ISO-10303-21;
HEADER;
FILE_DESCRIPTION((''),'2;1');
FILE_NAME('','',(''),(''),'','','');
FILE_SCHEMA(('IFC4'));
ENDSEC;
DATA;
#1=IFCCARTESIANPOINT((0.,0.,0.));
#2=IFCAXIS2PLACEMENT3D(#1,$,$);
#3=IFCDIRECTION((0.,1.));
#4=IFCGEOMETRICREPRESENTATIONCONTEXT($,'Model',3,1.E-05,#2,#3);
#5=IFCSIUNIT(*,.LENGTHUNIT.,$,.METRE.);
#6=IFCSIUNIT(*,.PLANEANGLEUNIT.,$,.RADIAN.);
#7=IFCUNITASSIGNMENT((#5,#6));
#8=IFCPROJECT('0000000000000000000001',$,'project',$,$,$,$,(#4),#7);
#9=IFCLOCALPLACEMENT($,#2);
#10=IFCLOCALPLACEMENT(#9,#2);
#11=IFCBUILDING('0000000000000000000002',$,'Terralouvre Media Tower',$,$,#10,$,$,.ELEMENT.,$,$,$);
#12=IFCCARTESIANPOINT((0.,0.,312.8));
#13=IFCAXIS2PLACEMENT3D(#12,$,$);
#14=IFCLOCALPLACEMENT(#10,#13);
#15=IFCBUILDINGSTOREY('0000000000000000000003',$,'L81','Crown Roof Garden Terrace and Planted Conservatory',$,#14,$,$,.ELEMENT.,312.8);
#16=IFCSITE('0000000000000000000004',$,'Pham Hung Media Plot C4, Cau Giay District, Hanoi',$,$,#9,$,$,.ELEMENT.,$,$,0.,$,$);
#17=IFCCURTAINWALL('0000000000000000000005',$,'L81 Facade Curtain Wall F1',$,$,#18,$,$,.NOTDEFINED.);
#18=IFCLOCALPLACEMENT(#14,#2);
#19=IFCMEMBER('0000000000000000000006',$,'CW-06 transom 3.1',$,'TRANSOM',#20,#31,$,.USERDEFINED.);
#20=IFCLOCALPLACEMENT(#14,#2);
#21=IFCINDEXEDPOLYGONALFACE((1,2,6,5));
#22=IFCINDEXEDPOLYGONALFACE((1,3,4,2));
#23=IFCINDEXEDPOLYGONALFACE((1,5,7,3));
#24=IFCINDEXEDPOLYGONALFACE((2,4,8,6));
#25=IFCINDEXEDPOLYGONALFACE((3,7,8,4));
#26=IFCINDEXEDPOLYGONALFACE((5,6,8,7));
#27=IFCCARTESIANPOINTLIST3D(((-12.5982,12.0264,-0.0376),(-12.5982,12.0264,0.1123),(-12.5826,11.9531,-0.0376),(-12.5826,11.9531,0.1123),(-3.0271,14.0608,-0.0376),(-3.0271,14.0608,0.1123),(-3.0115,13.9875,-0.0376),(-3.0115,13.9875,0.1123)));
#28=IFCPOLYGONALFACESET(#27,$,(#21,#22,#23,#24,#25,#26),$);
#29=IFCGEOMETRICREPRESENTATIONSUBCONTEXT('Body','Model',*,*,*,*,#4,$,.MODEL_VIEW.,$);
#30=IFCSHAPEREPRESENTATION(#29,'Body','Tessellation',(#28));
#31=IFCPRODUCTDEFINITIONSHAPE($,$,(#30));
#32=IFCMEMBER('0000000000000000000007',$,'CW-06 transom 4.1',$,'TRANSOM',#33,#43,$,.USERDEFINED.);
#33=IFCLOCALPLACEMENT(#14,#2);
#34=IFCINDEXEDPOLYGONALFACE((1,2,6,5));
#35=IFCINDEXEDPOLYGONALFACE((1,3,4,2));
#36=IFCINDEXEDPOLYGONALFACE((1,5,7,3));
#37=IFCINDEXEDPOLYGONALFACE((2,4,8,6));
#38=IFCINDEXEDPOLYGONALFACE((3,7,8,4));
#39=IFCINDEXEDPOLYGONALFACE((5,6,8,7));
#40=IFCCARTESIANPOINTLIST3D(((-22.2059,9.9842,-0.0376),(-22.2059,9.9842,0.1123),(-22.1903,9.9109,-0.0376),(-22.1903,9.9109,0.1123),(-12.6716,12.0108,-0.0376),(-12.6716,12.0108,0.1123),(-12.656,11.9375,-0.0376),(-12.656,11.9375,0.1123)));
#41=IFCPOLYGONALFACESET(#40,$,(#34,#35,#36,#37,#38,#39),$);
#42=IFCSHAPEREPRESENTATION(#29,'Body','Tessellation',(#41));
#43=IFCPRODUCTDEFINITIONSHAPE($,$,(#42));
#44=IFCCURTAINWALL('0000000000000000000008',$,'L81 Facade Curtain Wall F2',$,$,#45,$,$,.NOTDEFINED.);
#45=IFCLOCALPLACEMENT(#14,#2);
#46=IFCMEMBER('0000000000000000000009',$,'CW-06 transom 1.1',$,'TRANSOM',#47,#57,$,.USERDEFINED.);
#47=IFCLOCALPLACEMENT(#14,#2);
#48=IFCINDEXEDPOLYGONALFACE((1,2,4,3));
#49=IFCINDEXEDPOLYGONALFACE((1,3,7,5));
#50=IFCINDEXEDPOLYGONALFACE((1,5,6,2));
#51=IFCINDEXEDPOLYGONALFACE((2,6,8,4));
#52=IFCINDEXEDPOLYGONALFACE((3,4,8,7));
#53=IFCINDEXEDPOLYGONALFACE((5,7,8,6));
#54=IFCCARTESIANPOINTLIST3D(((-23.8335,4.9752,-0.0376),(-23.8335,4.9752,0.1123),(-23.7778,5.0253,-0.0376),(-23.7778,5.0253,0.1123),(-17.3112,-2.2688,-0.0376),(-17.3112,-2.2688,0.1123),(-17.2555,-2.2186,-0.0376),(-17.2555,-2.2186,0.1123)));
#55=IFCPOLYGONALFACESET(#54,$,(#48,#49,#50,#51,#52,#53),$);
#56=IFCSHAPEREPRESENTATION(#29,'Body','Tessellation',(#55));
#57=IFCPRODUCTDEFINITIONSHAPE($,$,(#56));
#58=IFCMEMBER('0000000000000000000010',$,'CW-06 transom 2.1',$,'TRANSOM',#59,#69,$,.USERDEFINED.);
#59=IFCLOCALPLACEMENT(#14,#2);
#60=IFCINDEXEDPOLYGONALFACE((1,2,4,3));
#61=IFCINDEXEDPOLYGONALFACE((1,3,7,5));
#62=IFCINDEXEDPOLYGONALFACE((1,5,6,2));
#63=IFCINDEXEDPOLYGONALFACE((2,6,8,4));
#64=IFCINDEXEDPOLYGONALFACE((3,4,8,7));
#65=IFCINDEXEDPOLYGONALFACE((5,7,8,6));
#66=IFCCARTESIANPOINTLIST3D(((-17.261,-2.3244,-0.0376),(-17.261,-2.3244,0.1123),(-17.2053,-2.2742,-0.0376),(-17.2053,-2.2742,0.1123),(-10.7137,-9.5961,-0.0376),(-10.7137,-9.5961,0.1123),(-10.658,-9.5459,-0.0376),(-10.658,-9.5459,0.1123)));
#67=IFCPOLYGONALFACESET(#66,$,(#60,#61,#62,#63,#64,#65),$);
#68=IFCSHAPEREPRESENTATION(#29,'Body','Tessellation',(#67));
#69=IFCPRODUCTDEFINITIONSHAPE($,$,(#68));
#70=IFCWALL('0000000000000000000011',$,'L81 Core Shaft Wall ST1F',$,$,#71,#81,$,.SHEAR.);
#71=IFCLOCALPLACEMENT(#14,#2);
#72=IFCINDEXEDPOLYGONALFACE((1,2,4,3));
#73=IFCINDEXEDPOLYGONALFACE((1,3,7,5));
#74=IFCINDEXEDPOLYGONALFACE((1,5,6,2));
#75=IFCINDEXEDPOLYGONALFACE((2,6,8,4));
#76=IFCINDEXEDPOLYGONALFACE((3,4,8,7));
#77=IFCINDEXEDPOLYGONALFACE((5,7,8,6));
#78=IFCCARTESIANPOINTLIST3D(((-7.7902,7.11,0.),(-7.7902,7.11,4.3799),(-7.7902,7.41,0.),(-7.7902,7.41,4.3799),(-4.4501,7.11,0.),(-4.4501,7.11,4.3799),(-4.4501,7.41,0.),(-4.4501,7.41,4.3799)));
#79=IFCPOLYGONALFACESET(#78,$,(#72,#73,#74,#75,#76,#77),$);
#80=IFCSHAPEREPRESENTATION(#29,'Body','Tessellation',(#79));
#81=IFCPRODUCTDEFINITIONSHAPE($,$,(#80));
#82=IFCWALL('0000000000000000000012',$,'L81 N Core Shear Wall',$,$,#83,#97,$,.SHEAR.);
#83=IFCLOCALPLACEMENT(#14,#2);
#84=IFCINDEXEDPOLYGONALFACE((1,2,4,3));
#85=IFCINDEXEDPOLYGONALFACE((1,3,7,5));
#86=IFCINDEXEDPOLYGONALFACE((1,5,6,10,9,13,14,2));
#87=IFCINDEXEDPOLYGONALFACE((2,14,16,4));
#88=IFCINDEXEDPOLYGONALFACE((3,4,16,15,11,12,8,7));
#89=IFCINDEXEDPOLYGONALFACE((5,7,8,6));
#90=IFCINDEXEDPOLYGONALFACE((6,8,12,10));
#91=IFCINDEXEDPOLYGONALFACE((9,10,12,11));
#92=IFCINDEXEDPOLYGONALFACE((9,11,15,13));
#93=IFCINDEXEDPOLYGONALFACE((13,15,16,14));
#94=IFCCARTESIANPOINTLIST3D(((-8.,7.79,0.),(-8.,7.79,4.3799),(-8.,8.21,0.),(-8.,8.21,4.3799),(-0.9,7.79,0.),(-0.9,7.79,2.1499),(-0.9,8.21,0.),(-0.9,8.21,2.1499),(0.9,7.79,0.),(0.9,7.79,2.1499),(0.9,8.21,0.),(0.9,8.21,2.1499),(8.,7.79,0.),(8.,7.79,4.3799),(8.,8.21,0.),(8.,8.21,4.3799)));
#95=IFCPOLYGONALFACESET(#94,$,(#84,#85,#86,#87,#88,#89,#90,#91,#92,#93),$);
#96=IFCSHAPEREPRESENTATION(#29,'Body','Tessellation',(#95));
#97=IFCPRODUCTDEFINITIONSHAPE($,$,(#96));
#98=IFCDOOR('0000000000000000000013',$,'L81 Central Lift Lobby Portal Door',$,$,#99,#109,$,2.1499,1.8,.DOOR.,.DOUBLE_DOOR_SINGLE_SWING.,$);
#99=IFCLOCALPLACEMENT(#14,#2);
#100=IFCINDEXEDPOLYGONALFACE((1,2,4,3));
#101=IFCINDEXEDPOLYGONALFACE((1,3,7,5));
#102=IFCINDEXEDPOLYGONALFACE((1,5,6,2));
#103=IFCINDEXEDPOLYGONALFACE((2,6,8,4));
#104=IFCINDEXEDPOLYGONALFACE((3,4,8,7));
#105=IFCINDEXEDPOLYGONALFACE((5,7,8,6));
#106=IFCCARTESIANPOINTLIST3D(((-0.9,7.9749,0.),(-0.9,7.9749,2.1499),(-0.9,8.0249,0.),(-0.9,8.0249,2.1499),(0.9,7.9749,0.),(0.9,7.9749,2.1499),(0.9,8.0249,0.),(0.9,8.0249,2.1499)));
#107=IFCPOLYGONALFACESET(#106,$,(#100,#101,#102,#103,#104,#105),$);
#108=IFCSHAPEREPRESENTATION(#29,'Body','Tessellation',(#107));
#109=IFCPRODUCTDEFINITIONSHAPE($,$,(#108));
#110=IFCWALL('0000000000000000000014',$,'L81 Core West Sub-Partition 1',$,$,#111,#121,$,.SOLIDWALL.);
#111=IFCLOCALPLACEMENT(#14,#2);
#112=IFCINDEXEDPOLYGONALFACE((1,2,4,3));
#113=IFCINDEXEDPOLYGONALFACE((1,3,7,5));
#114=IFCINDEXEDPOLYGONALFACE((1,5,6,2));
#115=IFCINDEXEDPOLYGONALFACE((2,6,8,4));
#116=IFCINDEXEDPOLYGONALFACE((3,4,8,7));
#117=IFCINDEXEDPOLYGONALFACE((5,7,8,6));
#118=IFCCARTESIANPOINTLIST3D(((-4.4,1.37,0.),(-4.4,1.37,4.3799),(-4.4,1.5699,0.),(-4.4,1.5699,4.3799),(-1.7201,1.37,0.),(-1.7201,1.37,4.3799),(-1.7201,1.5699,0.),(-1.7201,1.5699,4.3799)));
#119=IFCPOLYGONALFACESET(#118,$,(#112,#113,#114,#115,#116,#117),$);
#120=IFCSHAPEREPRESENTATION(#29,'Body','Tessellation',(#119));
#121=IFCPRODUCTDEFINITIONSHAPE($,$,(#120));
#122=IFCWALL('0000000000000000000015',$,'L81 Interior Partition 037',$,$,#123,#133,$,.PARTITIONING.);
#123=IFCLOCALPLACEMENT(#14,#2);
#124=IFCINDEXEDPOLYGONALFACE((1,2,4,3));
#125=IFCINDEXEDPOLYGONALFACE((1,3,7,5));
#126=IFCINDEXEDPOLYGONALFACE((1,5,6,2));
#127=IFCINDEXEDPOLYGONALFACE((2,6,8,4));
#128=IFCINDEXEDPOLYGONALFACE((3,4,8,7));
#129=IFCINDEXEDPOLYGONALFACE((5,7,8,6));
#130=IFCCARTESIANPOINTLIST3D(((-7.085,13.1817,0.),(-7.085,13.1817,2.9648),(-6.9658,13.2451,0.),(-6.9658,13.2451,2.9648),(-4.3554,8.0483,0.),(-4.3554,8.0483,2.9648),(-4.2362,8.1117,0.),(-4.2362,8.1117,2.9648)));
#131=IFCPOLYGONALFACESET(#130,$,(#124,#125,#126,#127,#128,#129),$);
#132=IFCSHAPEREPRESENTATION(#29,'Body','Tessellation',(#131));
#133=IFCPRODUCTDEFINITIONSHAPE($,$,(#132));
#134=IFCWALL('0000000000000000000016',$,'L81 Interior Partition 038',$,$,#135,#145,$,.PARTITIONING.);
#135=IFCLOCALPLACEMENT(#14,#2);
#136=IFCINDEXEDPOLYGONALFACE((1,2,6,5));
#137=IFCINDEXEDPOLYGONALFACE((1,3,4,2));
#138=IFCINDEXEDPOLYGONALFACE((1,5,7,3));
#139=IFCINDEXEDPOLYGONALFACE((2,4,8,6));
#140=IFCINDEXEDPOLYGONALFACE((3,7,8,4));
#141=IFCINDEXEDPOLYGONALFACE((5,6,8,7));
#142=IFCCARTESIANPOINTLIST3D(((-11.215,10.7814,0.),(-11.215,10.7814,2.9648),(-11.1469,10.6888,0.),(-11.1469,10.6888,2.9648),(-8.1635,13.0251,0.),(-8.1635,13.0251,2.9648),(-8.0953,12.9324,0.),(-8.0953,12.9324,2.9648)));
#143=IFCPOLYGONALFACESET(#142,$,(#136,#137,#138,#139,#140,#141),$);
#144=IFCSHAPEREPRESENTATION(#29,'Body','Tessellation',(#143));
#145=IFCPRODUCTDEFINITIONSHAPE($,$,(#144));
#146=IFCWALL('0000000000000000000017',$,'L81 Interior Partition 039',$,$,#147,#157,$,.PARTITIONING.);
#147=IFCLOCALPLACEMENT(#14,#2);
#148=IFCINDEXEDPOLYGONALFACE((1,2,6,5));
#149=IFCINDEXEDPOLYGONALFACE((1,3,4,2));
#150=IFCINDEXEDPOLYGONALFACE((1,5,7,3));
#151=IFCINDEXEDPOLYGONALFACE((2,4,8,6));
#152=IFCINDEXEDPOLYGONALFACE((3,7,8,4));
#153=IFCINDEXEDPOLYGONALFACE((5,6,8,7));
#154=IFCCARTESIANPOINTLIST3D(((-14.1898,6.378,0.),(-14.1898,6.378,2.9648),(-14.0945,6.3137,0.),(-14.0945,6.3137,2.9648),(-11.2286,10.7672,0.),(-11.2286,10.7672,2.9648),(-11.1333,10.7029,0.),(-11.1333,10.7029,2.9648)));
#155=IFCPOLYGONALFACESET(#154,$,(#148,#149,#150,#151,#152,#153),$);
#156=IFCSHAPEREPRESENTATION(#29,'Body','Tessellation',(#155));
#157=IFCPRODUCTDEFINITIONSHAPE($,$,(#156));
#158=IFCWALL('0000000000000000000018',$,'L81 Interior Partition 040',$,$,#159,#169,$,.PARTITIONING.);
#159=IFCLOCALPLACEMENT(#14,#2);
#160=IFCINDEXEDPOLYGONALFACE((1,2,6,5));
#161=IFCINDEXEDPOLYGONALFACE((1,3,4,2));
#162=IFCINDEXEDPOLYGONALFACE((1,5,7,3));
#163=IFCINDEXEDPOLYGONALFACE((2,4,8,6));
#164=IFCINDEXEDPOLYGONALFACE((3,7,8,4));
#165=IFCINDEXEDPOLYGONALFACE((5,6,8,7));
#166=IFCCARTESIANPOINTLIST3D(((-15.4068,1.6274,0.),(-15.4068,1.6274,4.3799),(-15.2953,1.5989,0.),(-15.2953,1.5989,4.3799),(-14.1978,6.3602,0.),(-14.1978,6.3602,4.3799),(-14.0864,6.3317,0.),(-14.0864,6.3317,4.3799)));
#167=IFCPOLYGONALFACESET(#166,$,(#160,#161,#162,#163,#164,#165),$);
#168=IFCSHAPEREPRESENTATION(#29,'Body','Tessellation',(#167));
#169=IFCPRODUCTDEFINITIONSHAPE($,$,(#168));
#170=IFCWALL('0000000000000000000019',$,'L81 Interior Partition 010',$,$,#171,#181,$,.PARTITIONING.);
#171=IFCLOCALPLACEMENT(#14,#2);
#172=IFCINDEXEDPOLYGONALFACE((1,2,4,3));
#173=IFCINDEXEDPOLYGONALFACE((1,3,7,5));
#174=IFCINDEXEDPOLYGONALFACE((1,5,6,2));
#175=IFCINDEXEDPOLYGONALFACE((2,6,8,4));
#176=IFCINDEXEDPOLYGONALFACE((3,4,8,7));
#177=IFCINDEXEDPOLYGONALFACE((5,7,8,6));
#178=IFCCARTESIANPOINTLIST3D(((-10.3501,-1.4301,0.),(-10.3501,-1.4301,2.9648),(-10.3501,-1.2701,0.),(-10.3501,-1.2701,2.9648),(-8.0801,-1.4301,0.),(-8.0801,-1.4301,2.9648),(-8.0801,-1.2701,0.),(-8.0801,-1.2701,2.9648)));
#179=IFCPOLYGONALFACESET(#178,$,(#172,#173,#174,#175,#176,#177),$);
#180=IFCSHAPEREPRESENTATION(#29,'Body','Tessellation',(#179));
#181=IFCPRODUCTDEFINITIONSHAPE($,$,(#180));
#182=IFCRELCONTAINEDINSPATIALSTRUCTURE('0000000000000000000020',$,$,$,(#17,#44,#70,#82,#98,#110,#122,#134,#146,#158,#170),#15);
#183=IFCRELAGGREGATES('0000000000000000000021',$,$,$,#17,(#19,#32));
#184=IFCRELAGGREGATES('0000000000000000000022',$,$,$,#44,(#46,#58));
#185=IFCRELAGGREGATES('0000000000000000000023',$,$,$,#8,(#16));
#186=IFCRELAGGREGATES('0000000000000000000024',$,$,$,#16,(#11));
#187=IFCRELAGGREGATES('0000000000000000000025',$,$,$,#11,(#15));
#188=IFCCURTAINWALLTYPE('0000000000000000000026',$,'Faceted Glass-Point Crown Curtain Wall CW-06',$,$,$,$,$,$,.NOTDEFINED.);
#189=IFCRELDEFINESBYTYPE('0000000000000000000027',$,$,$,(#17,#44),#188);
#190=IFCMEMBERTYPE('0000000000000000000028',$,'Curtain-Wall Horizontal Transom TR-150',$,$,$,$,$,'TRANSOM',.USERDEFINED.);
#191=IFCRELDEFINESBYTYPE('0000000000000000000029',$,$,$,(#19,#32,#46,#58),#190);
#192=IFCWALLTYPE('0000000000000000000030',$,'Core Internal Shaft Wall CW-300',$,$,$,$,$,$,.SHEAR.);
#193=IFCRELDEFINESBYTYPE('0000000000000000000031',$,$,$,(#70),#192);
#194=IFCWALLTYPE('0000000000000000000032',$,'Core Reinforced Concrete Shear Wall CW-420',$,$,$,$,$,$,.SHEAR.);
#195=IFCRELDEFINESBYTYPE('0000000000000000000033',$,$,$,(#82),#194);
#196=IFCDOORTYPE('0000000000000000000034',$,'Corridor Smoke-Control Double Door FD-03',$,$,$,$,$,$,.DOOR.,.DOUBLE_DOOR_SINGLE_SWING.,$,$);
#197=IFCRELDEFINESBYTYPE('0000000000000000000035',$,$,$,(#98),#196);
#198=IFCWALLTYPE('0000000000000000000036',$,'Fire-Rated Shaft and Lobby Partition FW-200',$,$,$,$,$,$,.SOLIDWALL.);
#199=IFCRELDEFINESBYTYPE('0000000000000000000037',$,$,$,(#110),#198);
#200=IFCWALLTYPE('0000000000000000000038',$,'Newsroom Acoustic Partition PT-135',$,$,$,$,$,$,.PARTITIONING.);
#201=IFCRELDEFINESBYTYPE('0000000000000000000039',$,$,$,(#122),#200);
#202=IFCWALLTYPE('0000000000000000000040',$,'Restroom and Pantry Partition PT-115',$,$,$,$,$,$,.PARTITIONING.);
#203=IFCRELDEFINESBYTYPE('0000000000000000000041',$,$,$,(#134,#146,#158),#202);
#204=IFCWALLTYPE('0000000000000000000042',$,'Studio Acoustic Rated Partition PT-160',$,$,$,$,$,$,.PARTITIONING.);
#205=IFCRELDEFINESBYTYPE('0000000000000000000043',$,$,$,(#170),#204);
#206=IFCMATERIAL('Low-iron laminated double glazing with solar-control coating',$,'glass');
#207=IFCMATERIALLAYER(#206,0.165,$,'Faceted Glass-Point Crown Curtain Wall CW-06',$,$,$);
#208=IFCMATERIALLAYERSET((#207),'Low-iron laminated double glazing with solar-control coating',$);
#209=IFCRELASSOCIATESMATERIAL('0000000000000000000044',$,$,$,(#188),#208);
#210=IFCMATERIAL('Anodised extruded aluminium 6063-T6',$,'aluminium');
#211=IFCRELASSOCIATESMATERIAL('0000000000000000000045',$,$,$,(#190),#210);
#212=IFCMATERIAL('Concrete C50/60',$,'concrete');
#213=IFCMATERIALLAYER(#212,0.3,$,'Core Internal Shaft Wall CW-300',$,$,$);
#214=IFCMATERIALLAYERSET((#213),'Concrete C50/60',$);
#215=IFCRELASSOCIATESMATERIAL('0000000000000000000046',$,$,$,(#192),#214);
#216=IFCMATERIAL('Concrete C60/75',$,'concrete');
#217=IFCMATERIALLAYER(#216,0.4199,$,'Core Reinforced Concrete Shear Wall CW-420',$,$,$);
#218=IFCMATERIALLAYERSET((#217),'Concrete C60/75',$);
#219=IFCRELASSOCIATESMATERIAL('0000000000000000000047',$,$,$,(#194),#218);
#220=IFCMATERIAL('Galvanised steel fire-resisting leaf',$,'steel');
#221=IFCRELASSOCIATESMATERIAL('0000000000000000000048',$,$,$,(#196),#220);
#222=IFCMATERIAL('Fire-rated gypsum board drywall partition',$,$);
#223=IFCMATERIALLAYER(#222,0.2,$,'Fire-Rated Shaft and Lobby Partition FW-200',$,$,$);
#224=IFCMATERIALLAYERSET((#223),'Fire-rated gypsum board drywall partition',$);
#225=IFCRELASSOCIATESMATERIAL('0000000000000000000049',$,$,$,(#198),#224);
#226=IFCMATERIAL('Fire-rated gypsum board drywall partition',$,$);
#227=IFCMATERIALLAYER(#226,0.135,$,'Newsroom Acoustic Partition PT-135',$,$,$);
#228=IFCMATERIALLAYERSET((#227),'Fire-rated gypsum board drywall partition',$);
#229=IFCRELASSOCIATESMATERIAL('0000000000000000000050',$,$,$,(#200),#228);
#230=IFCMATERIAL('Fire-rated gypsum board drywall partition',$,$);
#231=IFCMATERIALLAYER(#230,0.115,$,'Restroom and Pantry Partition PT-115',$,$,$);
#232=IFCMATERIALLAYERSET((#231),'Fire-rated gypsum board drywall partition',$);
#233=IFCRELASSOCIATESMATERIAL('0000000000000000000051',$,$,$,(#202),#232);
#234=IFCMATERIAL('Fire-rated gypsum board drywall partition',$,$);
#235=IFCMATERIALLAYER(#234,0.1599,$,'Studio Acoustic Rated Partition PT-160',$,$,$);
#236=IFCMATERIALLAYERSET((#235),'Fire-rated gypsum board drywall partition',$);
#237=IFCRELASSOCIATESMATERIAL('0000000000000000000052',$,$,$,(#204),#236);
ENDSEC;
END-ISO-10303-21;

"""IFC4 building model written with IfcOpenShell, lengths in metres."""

from ifc_helpers import new_model, si_unit, direction, frame, frame_2d, origin, origin_2d, place, context, subcontext, project, spatial, rectangle, extrude, material, layer, layer_set, material_profile, profile_set, type_object, element, fill, aggregate, save


model = new_model("IFC4")

# Units and contexts
model_context = context("Model", 3, precision=1e-05, world=origin(), true_north=direction((0.0, 1.0)))
body_context = subcontext(model_context, "Body", "Model", "MODEL_VIEW")
ifc_project = project(units=[si_unit("LENGTHUNIT", "METRE"), si_unit("PLANEANGLEUNIT", "RADIAN")], contexts=[model_context])

# Site, building, storey
site_placement = place(None, origin())
site = spatial("IfcSite", under=ifc_project, at=site_placement, Name="Pham Hung Media Plot C4, Cau Giay District, Hanoi", CompositionType="ELEMENT", RefElevation=0.0)
building_placement = place(site_placement, origin())
building = spatial("IfcBuilding", under=site, at=building_placement, Name="Terralouvre Media Tower", CompositionType="ELEMENT")
storey_placement = place(building_placement, frame((0.0, 0.0, 312.8)))
storey = spatial("IfcBuildingStorey", under=building, at=storey_placement, Name="L81", Description="Crown Roof Garden Terrace and Planted Conservatory", CompositionType="ELEMENT", Elevation=312.8)

# Curtain walls, members
ifc_material_1 = material(Name="Low-iron laminated double glazing with solar-control coating", Category="glass")
ifc_layer_1 = layer(ifc_material_1, 0.165, Name="Faceted Glass-Point Crown Curtain Wall CW-06")
ifc_layer_set_1 = layer_set([ifc_layer_1], Name="Low-iron laminated double glazing with solar-control coating")
curtain_wall_type = type_object("IfcCurtainWallType", Name="Faceted Glass-Point Crown Curtain Wall CW-06", PredefinedType="NOTDEFINED", material=ifc_layer_set_1)
curtain_wall_1_placement = place(storey_placement, origin())
curtain_wall_1 = element("IfcCurtainWall", 1, at=curtain_wall_1_placement, inside=storey, type_object=curtain_wall_type, Name="L81 Facade Curtain Wall F1", PredefinedType="NOTDEFINED")
ifc_material_2 = material(Name="Anodised extruded aluminium 6063-T6", Category="aluminium")
ifc_material_profile = material_profile(ifc_material_2, rectangle(XDim=0.075, YDim=0.1499, at=origin_2d()), Name="ALU 75x150")
ifc_profile_set = profile_set([ifc_material_profile], Name="Anodised extruded aluminium 6063-T6")
member_type = type_object("IfcMemberType", Name="Curtain-Wall Horizontal Transom TR-150", ElementType="TRANSOM", PredefinedType="USERDEFINED", material=ifc_profile_set)
member_1_placement = place(storey_placement, frame((-3.0193, 14.0242, 0.0374), z_axis=(-0.978147, -0.207915, 0.0), x_axis=(0.207915, -0.978147, 0.0)))
member_1 = element("IfcMember", 2, at=member_1_placement, type_object=member_type, Name="CW-06 transom 3.1", ObjectType="TRANSOM", PredefinedType="USERDEFINED", context=body_context, shape_type="SweptSolid", body=[
    extrude(rectangle(XDim=0.075, YDim=0.1499, at=origin_2d()), origin(), (0.0, 0.0, 1.0), 9.7849),
])
member_2_placement = place(storey_placement, frame((-12.6638, 11.9741, 0.0374), z_axis=(-0.978147, -0.207912, 0.0), x_axis=(0.207912, -0.978147, 0.0)))
member_2 = element("IfcMember", 3, at=member_2_placement, type_object=member_type, Name="CW-06 transom 4.1", ObjectType="TRANSOM", PredefinedType="USERDEFINED", context=body_context, shape_type="SweptSolid", body=[
    extrude(rectangle(XDim=0.075, YDim=0.1499, at=origin_2d()), origin(), (0.0, 0.0, 1.0), 9.7473),
])
aggregate(curtain_wall_1, [member_1, member_2])
curtain_wall_2_placement = place(storey_placement, origin())
curtain_wall_2 = element("IfcCurtainWall", 4, at=curtain_wall_2_placement, inside=storey, type_object=curtain_wall_type, Name="L81 Facade Curtain Wall F2", PredefinedType="NOTDEFINED")
member_3_placement = place(storey_placement, frame((-23.8057, 5.0002, 0.0374), z_axis=(0.669118, -0.743156, 0.0), x_axis=(0.743156, 0.669118, 0.0)))
member_3 = element("IfcMember", 5, at=member_3_placement, type_object=member_type, Name="CW-06 transom 1.1", ObjectType="TRANSOM", PredefinedType="USERDEFINED", context=body_context, shape_type="SweptSolid", body=[
    extrude(rectangle(XDim=0.075, YDim=0.1499, at=origin_2d()), origin(), (0.0, 0.0, 1.0), 9.7476),
])
member_4_placement = place(storey_placement, frame((-17.2332, -2.2993, 0.0374), z_axis=(0.669123, -0.743151, 0.0), x_axis=(0.743151, 0.669123, 0.0)))
member_4 = element("IfcMember", 6, at=member_4_placement, type_object=member_type, Name="CW-06 transom 2.1", ObjectType="TRANSOM", PredefinedType="USERDEFINED", context=body_context, shape_type="SweptSolid", body=[
    extrude(rectangle(XDim=0.075, YDim=0.1499, at=origin_2d()), origin(), (0.0, 0.0, 1.0), 9.7849),
])
aggregate(curtain_wall_2, [member_3, member_4])

# Shared definitions
ifc_material_3 = material(Name="Concrete C50/60", Category="concrete")
ifc_layer_2 = layer(ifc_material_3, 0.3, Name="Core Internal Shaft Wall CW-300")
ifc_layer_set_2 = layer_set([ifc_layer_2], Name="Concrete C50/60")
wall_type_1 = type_object("IfcWallType", Name="Core Internal Shaft Wall CW-300", PredefinedType="SHEAR", material=ifc_layer_set_2)

# Wall
wall_1_placement = place(storey_placement, frame((-7.79, 7.26, 0.0), z_axis=(0.0, 0.0, 1.0), x_axis=(1.0, 0.0, 0.0)))
element("IfcWall", 7, at=wall_1_placement, inside=storey, type_object=wall_type_1, Name="L81 Core Shaft Wall ST1F", PredefinedType="SHEAR", context=body_context, shape_type="SweptSolid", body=[
    extrude(rectangle(XDim=3.3401, YDim=0.3, at=frame_2d((1.6699, 0.0))), origin(), (0.0, 0.0, 1.0), 4.3799),
])

# Wall, opening, door
ifc_material_4 = material(Name="Concrete C60/75", Category="concrete")
ifc_layer_3 = layer(ifc_material_4, 0.4199, Name="Core Reinforced Concrete Shear Wall CW-420")
ifc_layer_set_3 = layer_set([ifc_layer_3], Name="Concrete C60/75")
wall_type_2 = type_object("IfcWallType", Name="Core Reinforced Concrete Shear Wall CW-420", PredefinedType="SHEAR", material=ifc_layer_set_3)
wall_2_placement = place(storey_placement, frame((-8.0, 8.0, 0.0), z_axis=(0.0, 0.0, 1.0), x_axis=(1.0, 0.0, 0.0)))
wall_2 = element("IfcWall", 8, at=wall_2_placement, inside=storey, type_object=wall_type_2, Name="L81 N Core Shear Wall", PredefinedType="SHEAR", context=body_context, shape_type="SweptSolid", body=[
    extrude(rectangle(XDim=16.0, YDim=0.4199, at=frame_2d((8.0, 0.0))), origin(), (0.0, 0.0, 1.0), 4.3799),
])
opening_1_placement = place(wall_2_placement, frame((7.1001, 0.0, 0.0)))
opening_1 = element("IfcOpeningElement", 9, at=opening_1_placement, cuts=wall_2, PredefinedType="OPENING", context=body_context, shape_type="SweptSolid", body=[
    extrude(rectangle(XDim=1.8, YDim=2.1499, at=frame_2d((0.8999, 1.075))), frame((0.0, 0.22, 0.0), z_axis=(0.0, -1.0, 0.0), x_axis=(1.0, 0.0, 0.0)), (0.0, 0.0, 1.0), 0.4399),
])
ifc_material_5 = material(Name="Galvanised steel fire-resisting leaf", Category="steel")
door_type_1 = type_object("IfcDoorType", Name="Corridor Smoke-Control Double Door FD-03", OperationType="DOUBLE_DOOR_SINGLE_SWING", PredefinedType="DOOR", material=ifc_material_5)
door_1_placement = place(opening_1_placement, origin())
door_1 = element("IfcDoor", 10, at=door_1_placement, inside=storey, type_object=door_type_1, Name="L81 Central Lift Lobby Portal Door", OperationType="DOUBLE_DOOR_SINGLE_SWING", OverallHeight=2.1499, OverallWidth=1.8, PredefinedType="DOOR", context=body_context, shape_type="SweptSolid", body=[
    extrude(rectangle(XDim=1.8, YDim=2.1499, at=frame_2d((0.8999, 1.075))), frame((0.0, 0.0249, 0.0), z_axis=(0.0, -1.0, 0.0), x_axis=(1.0, 0.0, 0.0)), (0.0, 0.0, 1.0), 0.05),
])
fill(opening_1, door_1)

# Walls
ifc_material_6 = material(Name="Fire-rated gypsum board drywall partition")
ifc_layer_4 = layer(ifc_material_6, 0.2, Name="Fire-Rated Shaft and Lobby Partition FW-200")
ifc_layer_set_4 = layer_set([ifc_layer_4], Name="Fire-rated gypsum board drywall partition")
wall_type_3 = type_object("IfcWallType", Name="Fire-Rated Shaft and Lobby Partition FW-200", PredefinedType="SOLIDWALL", material=ifc_layer_set_4)
wall_3_placement = place(storey_placement, frame((-4.3999, 1.47, 0.0), z_axis=(0.0, 0.0, 1.0), x_axis=(1.0, 0.0, 0.0)))
element("IfcWall", 11, at=wall_3_placement, inside=storey, type_object=wall_type_3, Name="L81 Core West Sub-Partition 1", PredefinedType="SOLIDWALL", context=body_context, shape_type="SweptSolid", body=[
    extrude(rectangle(XDim=2.6799, YDim=0.2, at=frame_2d((1.3398, 0.0))), origin(), (0.0, 0.0, 1.0), 4.3799),
])
ifc_material_7 = material(Name="Fire-rated gypsum board drywall partition")
ifc_layer_5 = layer(ifc_material_7, 0.135, Name="Newsroom Acoustic Partition PT-135")
ifc_layer_set_5 = layer_set([ifc_layer_5], Name="Fire-rated gypsum board drywall partition")
wall_type_4 = type_object("IfcWallType", Name="Newsroom Acoustic Partition PT-135", PredefinedType="PARTITIONING", material=ifc_layer_set_5)
wall_4_placement = place(storey_placement, frame((-7.0254, 13.2134, 0.0), z_axis=(0.0, 0.0, 1.0), x_axis=(0.469481, -0.882943, 0.0)))
element("IfcWall", 12, at=wall_4_placement, inside=storey, type_object=wall_type_4, Name="L81 Interior Partition 037", PredefinedType="PARTITIONING", context=body_context, shape_type="SweptSolid", body=[
    extrude(rectangle(XDim=5.814, YDim=0.135, at=frame_2d((2.907, 0.0))), origin(), (0.0, 0.0, 1.0), 2.9648),
])
ifc_material_8 = material(Name="Fire-rated gypsum board drywall partition")
ifc_layer_6 = layer(ifc_material_8, 0.115, Name="Restroom and Pantry Partition PT-115")
ifc_layer_set_6 = layer_set([ifc_layer_6], Name="Fire-rated gypsum board drywall partition")
wall_type_5 = type_object("IfcWallType", Name="Restroom and Pantry Partition PT-115", PredefinedType="PARTITIONING", material=ifc_layer_set_6)
wall_5_placement = place(storey_placement, frame((-8.1294, 12.9788, 0.0), z_axis=(0.0, 0.0, 1.0), x_axis=(-0.805665, -0.592372, 0.0)))
element("IfcWall", 13, at=wall_5_placement, inside=storey, type_object=wall_type_5, Name="L81 Interior Partition 038", PredefinedType="PARTITIONING", context=body_context, shape_type="SweptSolid", body=[
    extrude(rectangle(XDim=3.7876, YDim=0.115, at=frame_2d((1.8938, 0.0))), origin(), (0.0, 0.0, 1.0), 2.9648),
])
wall_6_placement = place(storey_placement, frame((-11.1809, 10.7351, 0.0), z_axis=(0.0, 0.0, 1.0), x_axis=(-0.559278, -0.82898, 0.0)))
element("IfcWall", 14, at=wall_6_placement, inside=storey, type_object=wall_type_5, Name="L81 Interior Partition 039", PredefinedType="PARTITIONING", context=body_context, shape_type="SweptSolid", body=[
    extrude(rectangle(XDim=5.2947, YDim=0.115, at=frame_2d((2.6475, 0.0))), origin(), (0.0, 0.0, 1.0), 2.9648),
])
wall_7_placement = place(storey_placement, frame((-14.1421, 6.3459, 0.0), z_axis=(0.0, 0.0, 1.0), x_axis=(-0.247495, -0.968889, 0.0)))
element("IfcWall", 15, at=wall_7_placement, inside=storey, type_object=wall_type_5, Name="L81 Interior Partition 040", PredefinedType="PARTITIONING", context=body_context, shape_type="SweptSolid", body=[
    extrude(rectangle(XDim=4.8848, YDim=0.115, at=frame_2d((2.4424, 0.0))), origin(), (0.0, 0.0, 1.0), 4.3799),
])
ifc_material_9 = material(Name="Fire-rated gypsum board drywall partition")
ifc_layer_7 = layer(ifc_material_9, 0.1599, Name="Studio Acoustic Rated Partition PT-160")
ifc_layer_set_7 = layer_set([ifc_layer_7], Name="Fire-rated gypsum board drywall partition")
wall_type_6 = type_object("IfcWallType", Name="Studio Acoustic Rated Partition PT-160", PredefinedType="PARTITIONING", material=ifc_layer_set_7)
wall_8_placement = place(storey_placement, frame((-8.0801, -1.3501, 0.0), z_axis=(0.0, 0.0, 1.0), x_axis=(-1.0, 0.0, 0.0)))
element("IfcWall", 16, at=wall_8_placement, inside=storey, type_object=wall_type_6, Name="L81 Interior Partition 010", PredefinedType="PARTITIONING", context=body_context, shape_type="SweptSolid", body=[
    extrude(rectangle(XDim=2.27, YDim=0.1599, at=frame_2d((1.135, 0.0))), origin(), (0.0, 0.0, 1.0), 2.9648),
])

save(model, "model.ifc")
